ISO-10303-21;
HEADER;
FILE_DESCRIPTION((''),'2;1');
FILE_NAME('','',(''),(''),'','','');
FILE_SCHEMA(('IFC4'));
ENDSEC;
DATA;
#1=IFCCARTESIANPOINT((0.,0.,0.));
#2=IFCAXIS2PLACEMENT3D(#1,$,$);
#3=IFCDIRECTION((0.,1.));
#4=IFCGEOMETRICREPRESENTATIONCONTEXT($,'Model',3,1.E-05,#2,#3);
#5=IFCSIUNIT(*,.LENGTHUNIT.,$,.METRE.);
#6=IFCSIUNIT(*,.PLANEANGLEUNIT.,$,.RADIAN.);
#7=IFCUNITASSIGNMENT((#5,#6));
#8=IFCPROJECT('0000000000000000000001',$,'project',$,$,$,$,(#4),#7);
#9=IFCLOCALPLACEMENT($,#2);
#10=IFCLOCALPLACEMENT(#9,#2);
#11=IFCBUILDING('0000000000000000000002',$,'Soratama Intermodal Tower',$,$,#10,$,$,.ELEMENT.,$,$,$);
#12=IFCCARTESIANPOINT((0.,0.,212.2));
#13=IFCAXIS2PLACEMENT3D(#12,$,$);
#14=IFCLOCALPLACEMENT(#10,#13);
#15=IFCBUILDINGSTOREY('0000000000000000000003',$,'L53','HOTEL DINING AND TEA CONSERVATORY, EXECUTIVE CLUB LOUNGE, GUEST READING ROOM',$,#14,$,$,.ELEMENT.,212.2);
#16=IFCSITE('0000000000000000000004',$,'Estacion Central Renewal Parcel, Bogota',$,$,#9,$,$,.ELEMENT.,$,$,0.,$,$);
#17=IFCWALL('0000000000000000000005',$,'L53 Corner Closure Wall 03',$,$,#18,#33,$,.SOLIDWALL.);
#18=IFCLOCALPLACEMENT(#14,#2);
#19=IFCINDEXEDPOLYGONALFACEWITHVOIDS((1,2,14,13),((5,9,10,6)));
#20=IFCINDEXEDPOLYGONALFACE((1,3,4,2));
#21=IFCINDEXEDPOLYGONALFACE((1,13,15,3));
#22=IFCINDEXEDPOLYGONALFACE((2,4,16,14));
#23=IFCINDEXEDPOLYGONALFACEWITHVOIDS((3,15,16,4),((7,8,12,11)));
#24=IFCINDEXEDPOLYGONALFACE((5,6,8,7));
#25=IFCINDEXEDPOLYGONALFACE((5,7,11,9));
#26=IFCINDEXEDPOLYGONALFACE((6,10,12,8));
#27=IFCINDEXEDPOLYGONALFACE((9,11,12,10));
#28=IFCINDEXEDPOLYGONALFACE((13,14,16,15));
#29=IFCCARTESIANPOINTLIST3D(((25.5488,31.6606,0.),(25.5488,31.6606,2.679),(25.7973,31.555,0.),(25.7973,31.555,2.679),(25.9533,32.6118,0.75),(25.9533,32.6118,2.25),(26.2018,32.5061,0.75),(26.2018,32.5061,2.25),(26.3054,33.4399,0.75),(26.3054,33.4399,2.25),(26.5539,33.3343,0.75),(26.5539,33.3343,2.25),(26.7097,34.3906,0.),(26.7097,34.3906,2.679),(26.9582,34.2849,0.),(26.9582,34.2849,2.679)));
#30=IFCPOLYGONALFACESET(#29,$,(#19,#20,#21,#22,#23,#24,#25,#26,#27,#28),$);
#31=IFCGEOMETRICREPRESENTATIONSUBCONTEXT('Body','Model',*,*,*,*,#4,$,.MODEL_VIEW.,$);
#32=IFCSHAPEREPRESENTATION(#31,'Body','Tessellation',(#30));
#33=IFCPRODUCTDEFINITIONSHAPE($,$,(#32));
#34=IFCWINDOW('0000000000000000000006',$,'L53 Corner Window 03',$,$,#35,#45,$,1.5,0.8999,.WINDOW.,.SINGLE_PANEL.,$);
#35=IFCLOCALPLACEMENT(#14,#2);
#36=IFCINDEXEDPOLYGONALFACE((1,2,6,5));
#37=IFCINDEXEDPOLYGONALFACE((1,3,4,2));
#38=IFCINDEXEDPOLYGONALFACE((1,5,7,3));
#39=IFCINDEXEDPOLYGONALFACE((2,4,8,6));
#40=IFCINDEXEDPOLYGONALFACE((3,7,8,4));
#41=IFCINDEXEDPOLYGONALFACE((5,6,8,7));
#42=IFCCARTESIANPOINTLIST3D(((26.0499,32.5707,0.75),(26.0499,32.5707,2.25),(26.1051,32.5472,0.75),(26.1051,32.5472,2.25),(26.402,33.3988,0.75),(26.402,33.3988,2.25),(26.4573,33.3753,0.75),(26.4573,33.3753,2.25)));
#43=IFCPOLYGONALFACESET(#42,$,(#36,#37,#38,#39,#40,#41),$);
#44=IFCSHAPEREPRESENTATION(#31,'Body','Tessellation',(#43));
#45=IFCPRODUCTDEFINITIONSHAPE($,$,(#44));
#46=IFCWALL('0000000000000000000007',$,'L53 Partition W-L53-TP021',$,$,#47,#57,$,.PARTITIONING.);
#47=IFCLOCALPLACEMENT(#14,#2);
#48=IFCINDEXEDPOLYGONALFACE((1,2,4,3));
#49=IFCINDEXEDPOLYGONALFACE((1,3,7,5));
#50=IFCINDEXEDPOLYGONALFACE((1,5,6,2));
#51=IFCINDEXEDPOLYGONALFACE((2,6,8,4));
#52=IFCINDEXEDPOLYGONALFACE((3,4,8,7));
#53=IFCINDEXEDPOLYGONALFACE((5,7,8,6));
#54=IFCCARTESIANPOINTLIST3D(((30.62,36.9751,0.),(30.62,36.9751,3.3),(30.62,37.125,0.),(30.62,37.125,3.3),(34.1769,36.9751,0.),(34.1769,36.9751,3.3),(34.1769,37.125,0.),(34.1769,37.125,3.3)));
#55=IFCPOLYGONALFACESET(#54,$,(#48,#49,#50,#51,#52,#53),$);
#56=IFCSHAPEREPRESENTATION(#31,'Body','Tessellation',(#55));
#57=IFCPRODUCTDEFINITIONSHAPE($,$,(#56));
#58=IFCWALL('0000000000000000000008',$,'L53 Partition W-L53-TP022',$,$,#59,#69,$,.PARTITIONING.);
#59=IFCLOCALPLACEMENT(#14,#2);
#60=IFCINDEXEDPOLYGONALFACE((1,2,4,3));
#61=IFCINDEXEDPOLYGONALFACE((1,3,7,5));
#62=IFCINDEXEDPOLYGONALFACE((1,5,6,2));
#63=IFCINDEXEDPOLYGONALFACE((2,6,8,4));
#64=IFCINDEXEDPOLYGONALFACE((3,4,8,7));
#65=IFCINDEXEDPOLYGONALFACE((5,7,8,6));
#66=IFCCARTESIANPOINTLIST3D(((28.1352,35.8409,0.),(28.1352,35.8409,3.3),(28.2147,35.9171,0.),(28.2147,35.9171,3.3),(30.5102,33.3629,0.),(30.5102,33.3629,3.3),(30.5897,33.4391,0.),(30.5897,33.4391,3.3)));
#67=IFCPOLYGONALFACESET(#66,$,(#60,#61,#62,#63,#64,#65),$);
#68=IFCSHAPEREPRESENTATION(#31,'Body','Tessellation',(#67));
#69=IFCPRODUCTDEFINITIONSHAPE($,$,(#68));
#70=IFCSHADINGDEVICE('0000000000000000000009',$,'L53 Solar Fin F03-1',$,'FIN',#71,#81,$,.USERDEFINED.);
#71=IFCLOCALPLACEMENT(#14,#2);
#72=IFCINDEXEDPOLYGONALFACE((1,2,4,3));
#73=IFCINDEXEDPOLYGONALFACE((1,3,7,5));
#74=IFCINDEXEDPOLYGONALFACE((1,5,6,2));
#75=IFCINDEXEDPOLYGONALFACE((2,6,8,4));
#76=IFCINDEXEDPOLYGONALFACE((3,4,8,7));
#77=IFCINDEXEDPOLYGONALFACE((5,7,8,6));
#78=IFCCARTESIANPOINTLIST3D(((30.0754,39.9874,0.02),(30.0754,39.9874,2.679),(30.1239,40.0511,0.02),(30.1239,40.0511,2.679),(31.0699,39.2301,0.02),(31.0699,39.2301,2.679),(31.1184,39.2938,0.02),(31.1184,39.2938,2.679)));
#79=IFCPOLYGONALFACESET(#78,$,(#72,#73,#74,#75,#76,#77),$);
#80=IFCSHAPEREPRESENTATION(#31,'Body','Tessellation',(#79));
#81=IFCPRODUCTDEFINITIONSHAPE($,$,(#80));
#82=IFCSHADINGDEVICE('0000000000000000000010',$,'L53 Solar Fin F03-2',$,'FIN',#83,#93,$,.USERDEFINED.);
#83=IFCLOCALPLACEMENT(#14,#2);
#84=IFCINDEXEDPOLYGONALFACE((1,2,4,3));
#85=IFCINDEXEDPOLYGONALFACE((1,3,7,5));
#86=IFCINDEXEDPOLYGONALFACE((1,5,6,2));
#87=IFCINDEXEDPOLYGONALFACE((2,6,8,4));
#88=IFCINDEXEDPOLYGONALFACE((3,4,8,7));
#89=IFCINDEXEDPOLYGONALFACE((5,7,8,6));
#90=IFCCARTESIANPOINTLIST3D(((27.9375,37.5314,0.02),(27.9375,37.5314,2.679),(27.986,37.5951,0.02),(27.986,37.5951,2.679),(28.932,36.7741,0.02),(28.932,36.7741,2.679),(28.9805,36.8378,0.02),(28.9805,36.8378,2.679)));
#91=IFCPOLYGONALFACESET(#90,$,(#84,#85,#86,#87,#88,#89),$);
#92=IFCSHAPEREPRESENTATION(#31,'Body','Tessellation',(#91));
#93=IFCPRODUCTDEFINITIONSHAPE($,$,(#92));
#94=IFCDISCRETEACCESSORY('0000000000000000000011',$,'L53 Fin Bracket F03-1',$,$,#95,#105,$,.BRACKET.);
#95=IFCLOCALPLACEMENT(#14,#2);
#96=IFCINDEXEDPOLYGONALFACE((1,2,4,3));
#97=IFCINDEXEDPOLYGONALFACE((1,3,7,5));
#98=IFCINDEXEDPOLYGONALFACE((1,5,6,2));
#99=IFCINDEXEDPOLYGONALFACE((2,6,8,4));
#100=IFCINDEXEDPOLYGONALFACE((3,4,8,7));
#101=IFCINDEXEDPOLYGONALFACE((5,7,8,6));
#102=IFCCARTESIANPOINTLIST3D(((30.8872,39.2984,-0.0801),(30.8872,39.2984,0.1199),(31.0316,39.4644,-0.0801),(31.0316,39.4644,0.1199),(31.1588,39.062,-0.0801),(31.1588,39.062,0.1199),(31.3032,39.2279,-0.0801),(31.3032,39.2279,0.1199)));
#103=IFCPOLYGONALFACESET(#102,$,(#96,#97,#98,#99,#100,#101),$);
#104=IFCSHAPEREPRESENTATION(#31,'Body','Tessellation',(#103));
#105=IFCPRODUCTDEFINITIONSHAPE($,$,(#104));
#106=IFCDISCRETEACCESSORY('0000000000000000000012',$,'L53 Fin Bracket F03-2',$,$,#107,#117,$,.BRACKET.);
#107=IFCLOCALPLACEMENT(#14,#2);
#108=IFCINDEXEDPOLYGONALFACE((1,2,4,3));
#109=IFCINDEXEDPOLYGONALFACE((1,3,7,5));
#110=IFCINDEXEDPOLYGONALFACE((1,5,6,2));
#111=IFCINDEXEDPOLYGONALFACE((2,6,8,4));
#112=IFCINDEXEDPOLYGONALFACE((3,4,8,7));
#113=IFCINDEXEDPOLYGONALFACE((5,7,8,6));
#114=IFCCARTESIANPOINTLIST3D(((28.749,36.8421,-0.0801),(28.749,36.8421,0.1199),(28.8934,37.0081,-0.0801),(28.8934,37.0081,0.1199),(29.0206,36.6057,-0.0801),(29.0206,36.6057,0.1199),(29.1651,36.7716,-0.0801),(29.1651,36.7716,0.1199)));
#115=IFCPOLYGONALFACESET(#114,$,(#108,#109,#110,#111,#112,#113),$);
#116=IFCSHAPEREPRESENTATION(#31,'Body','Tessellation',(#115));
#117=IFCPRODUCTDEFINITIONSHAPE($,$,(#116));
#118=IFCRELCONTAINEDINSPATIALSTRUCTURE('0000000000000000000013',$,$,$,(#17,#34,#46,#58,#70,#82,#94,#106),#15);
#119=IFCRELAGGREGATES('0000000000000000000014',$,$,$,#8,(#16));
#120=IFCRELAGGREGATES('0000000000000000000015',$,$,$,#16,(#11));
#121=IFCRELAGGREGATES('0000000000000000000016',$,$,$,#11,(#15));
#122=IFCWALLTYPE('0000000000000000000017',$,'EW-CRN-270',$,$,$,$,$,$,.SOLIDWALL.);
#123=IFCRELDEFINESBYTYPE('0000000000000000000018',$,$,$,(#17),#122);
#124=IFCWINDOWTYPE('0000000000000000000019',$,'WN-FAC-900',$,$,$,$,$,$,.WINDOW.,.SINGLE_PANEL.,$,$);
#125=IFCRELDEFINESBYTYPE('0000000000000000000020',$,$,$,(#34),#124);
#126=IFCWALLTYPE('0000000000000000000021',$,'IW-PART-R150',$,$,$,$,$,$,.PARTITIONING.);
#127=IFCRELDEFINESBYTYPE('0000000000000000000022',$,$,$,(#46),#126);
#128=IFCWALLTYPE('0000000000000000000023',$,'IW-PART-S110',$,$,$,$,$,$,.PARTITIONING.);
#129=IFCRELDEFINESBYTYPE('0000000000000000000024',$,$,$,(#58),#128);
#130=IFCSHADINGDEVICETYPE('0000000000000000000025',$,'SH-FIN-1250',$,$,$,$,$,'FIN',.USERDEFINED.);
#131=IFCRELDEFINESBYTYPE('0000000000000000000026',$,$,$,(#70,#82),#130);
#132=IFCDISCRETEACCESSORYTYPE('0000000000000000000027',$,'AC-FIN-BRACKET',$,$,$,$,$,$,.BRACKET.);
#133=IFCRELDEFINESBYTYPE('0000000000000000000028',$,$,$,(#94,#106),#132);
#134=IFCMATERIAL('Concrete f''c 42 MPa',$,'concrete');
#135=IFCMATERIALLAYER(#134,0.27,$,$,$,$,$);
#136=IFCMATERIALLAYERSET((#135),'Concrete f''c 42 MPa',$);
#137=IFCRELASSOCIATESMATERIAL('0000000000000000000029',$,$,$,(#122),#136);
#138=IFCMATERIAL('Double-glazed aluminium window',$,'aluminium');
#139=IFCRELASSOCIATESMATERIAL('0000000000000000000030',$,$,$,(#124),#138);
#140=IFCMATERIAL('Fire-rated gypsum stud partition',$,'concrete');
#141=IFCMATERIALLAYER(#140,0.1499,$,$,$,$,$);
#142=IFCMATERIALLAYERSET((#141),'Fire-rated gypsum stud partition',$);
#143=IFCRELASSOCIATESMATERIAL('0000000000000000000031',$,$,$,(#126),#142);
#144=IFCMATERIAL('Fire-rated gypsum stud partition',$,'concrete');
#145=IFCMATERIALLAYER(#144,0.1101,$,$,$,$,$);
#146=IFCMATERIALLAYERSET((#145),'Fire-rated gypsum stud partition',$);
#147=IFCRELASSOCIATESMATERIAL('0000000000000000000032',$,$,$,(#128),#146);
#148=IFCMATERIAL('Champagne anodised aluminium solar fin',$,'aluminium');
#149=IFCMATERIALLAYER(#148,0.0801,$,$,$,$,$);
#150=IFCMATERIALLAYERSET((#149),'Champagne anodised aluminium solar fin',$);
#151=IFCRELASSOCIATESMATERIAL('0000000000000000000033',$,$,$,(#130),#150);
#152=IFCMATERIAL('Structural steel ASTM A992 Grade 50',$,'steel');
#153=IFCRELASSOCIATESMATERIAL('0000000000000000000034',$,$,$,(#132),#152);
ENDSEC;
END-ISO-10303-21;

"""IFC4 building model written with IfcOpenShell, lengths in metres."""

from ifc_helpers import new_model, si_unit, direction, frame, frame_2d, origin, origin_2d, place, context, subcontext, project, spatial, rectangle, extrude, material, layer, layer_set, type_object, element, fill, save


model = new_model("IFC4")

# Units and contexts
model_context = context("Model", 3, precision=1e-05, world=origin(), true_north=direction((0.0, 1.0)))
body_context = subcontext(model_context, "Body", "Model", "MODEL_VIEW")
ifc_project = project(units=[si_unit("LENGTHUNIT", "METRE"), si_unit("PLANEANGLEUNIT", "RADIAN")], contexts=[model_context])

# Site, building, storey
site_placement = place(None, origin())
site = spatial("IfcSite", under=ifc_project, at=site_placement, Name="Estacion Central Renewal Parcel, Bogota", CompositionType="ELEMENT", RefElevation=0.0)
building_placement = place(site_placement, origin())
building = spatial("IfcBuilding", under=site, at=building_placement, Name="Soratama Intermodal Tower", CompositionType="ELEMENT")
storey_placement = place(building_placement, frame((0.0, 0.0, 212.2)))
storey = spatial("IfcBuildingStorey", under=building, at=storey_placement, Name="L53", Description="HOTEL DINING AND TEA CONSERVATORY, EXECUTIVE CLUB LOUNGE, GUEST READING ROOM", CompositionType="ELEMENT", Elevation=212.2)

# Wall, opening, window
ifc_material_1 = material(Name="Concrete f'c 42 MPa", Category="concrete")
ifc_layer_1 = layer(ifc_material_1, 0.27)
ifc_layer_set_1 = layer_set([ifc_layer_1], Name="Concrete f'c 42 MPa")
wall_type_1 = type_object("IfcWallType", Name="EW-CRN-270", PredefinedType="SOLIDWALL", material=ifc_layer_set_1)
wall_1_placement = place(storey_placement, frame((26.834, 34.3379, 0.0), z_axis=(0.0, 0.0, 1.0), x_axis=(-0.391325, -0.920252, 0.0)))
wall_1 = element("IfcWall", 1, at=wall_1_placement, inside=storey, type_object=wall_type_1, Name="L53 Corner Closure Wall 03", PredefinedType="SOLIDWALL", context=body_context, shape_type="SweptSolid", body=[
    extrude(rectangle(XDim=2.9666, YDim=0.27, at=frame_2d((1.4834, 0.0))), origin(), (0.0, 0.0, 1.0), 2.679),
])
opening_1_placement = place(wall_1_placement, frame((1.0332, 0.0, 0.75)))
opening_1 = element("IfcOpeningElement", 2, at=opening_1_placement, cuts=wall_1, PredefinedType="OPENING", context=body_context, shape_type="SweptSolid", body=[
    extrude(rectangle(XDim=0.8999, YDim=1.5, at=frame_2d((0.45, 0.75))), frame((0.0, 0.145, 0.0), z_axis=(0.0, -1.0, 0.0), x_axis=(1.0, 0.0, 0.0)), (0.0, 0.0, 1.0), 0.29),
])
ifc_material_2 = material(Name="Double-glazed aluminium window", Category="aluminium")
window_type = type_object("IfcWindowType", Name="WN-FAC-900", PartitioningType="SINGLE_PANEL", PredefinedType="WINDOW", material=ifc_material_2)
window_placement = place(opening_1_placement, origin())
window = element("IfcWindow", 3, at=window_placement, inside=storey, type_object=window_type, Name="L53 Corner Window 03", OverallHeight=1.5, OverallWidth=0.8999, PartitioningType="SINGLE_PANEL", PredefinedType="WINDOW", context=body_context, shape_type="SweptSolid", body=[
    extrude(rectangle(XDim=0.8999, YDim=1.5, at=frame_2d((0.45, 0.75))), frame((0.0, 0.03, 0.0), z_axis=(0.0, -1.0, 0.0), x_axis=(1.0, 0.0, 0.0)), (0.0, 0.0, 1.0), 0.0601),
])
fill(opening_1, window)

# Shared definitions
ifc_material_3 = material(Name="Fire-rated gypsum stud partition", Category="concrete")
ifc_layer_2 = layer(ifc_material_3, 0.1499)
ifc_layer_set_2 = layer_set([ifc_layer_2], Name="Fire-rated gypsum stud partition")
wall_type_2 = type_object("IfcWallType", Name="IW-PART-R150", PredefinedType="PARTITIONING", material=ifc_layer_set_2)

# Walls
wall_2_placement = place(storey_placement, frame((30.6201, 37.05, 0.0), z_axis=(0.0, 0.0, 1.0), x_axis=(1.0, 0.0, 0.0)))
element("IfcWall", 4, at=wall_2_placement, inside=storey, type_object=wall_type_2, Name="L53 Partition W-L53-TP021", PredefinedType="PARTITIONING", context=body_context, shape_type="SweptSolid", body=[
    extrude(rectangle(XDim=3.5569, YDim=0.1499, at=frame_2d((1.7783, 0.0))), origin(), (0.0, 0.0, 1.0), 3.3),
])
ifc_material_4 = material(Name="Fire-rated gypsum stud partition", Category="concrete")
ifc_layer_3 = layer(ifc_material_4, 0.1101)
ifc_layer_set_3 = layer_set([ifc_layer_3], Name="Fire-rated gypsum stud partition")
wall_type_3 = type_object("IfcWallType", Name="IW-PART-S110", PredefinedType="PARTITIONING", material=ifc_layer_set_3)
wall_3_placement = place(storey_placement, frame((30.55, 33.4009, 0.0), z_axis=(0.0, 0.0, 1.0), x_axis=(-0.691939, 0.721956, 0.0)))
element("IfcWall", 5, at=wall_3_placement, inside=storey, type_object=wall_type_3, Name="L53 Partition W-L53-TP022", PredefinedType="PARTITIONING", context=body_context, shape_type="SweptSolid", body=[
    extrude(rectangle(XDim=3.4324, YDim=0.1101, at=frame_2d((1.7163, 0.0))), origin(), (0.0, 0.0, 1.0), 3.3),
])

# Shading devices
ifc_material_5 = material(Name="Champagne anodised aluminium solar fin", Category="aluminium")
ifc_layer_4 = layer(ifc_material_5, 0.0801)
ifc_layer_set_4 = layer_set([ifc_layer_4], Name="Champagne anodised aluminium solar fin")
shading_device_type = type_object("IfcShadingDeviceType", Name="SH-FIN-1250", ElementType="FIN", PredefinedType="USERDEFINED", material=ifc_layer_set_4)
for number, where, z_axis, x_axis, name in (
    (6, (30.5969, 39.6406, 0.02), (0.0, 0.0, 1.0), (-0.795579, 0.60585, 0.0), "L53 Solar Fin F03-1"),
    (7, (28.459, 37.1846, 0.02), (0.0, 0.0, 1.0), (-0.795579, 0.60585, 0.0), "L53 Solar Fin F03-2"),
):
    element("IfcShadingDevice", number, at=place(storey_placement, frame(where, z_axis=z_axis, x_axis=x_axis)), inside=storey, type_object=shading_device_type, Name=name, ObjectType="FIN", PredefinedType="USERDEFINED", context=body_context, shape_type="SweptSolid", body=[
        extrude(rectangle(XDim=1.25, YDim=0.0801, at=origin_2d()), origin(), (0.0, 0.0, 1.0), 2.6589),
    ])

# Discrete accessories
ifc_material_6 = material(Name="Structural steel ASTM A992 Grade 50", Category="steel")
discrete_accessory_type = type_object("IfcDiscreteAccessoryType", Name="AC-FIN-BRACKET", PredefinedType="BRACKET", material=ifc_material_6)
for number, where, z_axis, x_axis, name in (
    (8, (31.0952, 39.2632, -0.0801), (0.0, 0.0, 1.0), (-0.754251, 0.656586, 0.0), "L53 Fin Bracket F03-1"),
    (9, (28.957, 36.8069, -0.0801), (0.0, 0.0, 1.0), (-0.754251, 0.656586, 0.0), "L53 Fin Bracket F03-2"),
):
    element("IfcDiscreteAccessory", number, at=place(storey_placement, frame(where, z_axis=z_axis, x_axis=x_axis)), inside=storey, type_object=discrete_accessory_type, Name=name, PredefinedType="BRACKET", context=body_context, shape_type="SweptSolid", body=[
        extrude(rectangle(XDim=0.3601, YDim=0.22, at=origin_2d()), origin(), (0.0, 0.0, 1.0), 0.2),
    ])

save(model, "model.ifc")
